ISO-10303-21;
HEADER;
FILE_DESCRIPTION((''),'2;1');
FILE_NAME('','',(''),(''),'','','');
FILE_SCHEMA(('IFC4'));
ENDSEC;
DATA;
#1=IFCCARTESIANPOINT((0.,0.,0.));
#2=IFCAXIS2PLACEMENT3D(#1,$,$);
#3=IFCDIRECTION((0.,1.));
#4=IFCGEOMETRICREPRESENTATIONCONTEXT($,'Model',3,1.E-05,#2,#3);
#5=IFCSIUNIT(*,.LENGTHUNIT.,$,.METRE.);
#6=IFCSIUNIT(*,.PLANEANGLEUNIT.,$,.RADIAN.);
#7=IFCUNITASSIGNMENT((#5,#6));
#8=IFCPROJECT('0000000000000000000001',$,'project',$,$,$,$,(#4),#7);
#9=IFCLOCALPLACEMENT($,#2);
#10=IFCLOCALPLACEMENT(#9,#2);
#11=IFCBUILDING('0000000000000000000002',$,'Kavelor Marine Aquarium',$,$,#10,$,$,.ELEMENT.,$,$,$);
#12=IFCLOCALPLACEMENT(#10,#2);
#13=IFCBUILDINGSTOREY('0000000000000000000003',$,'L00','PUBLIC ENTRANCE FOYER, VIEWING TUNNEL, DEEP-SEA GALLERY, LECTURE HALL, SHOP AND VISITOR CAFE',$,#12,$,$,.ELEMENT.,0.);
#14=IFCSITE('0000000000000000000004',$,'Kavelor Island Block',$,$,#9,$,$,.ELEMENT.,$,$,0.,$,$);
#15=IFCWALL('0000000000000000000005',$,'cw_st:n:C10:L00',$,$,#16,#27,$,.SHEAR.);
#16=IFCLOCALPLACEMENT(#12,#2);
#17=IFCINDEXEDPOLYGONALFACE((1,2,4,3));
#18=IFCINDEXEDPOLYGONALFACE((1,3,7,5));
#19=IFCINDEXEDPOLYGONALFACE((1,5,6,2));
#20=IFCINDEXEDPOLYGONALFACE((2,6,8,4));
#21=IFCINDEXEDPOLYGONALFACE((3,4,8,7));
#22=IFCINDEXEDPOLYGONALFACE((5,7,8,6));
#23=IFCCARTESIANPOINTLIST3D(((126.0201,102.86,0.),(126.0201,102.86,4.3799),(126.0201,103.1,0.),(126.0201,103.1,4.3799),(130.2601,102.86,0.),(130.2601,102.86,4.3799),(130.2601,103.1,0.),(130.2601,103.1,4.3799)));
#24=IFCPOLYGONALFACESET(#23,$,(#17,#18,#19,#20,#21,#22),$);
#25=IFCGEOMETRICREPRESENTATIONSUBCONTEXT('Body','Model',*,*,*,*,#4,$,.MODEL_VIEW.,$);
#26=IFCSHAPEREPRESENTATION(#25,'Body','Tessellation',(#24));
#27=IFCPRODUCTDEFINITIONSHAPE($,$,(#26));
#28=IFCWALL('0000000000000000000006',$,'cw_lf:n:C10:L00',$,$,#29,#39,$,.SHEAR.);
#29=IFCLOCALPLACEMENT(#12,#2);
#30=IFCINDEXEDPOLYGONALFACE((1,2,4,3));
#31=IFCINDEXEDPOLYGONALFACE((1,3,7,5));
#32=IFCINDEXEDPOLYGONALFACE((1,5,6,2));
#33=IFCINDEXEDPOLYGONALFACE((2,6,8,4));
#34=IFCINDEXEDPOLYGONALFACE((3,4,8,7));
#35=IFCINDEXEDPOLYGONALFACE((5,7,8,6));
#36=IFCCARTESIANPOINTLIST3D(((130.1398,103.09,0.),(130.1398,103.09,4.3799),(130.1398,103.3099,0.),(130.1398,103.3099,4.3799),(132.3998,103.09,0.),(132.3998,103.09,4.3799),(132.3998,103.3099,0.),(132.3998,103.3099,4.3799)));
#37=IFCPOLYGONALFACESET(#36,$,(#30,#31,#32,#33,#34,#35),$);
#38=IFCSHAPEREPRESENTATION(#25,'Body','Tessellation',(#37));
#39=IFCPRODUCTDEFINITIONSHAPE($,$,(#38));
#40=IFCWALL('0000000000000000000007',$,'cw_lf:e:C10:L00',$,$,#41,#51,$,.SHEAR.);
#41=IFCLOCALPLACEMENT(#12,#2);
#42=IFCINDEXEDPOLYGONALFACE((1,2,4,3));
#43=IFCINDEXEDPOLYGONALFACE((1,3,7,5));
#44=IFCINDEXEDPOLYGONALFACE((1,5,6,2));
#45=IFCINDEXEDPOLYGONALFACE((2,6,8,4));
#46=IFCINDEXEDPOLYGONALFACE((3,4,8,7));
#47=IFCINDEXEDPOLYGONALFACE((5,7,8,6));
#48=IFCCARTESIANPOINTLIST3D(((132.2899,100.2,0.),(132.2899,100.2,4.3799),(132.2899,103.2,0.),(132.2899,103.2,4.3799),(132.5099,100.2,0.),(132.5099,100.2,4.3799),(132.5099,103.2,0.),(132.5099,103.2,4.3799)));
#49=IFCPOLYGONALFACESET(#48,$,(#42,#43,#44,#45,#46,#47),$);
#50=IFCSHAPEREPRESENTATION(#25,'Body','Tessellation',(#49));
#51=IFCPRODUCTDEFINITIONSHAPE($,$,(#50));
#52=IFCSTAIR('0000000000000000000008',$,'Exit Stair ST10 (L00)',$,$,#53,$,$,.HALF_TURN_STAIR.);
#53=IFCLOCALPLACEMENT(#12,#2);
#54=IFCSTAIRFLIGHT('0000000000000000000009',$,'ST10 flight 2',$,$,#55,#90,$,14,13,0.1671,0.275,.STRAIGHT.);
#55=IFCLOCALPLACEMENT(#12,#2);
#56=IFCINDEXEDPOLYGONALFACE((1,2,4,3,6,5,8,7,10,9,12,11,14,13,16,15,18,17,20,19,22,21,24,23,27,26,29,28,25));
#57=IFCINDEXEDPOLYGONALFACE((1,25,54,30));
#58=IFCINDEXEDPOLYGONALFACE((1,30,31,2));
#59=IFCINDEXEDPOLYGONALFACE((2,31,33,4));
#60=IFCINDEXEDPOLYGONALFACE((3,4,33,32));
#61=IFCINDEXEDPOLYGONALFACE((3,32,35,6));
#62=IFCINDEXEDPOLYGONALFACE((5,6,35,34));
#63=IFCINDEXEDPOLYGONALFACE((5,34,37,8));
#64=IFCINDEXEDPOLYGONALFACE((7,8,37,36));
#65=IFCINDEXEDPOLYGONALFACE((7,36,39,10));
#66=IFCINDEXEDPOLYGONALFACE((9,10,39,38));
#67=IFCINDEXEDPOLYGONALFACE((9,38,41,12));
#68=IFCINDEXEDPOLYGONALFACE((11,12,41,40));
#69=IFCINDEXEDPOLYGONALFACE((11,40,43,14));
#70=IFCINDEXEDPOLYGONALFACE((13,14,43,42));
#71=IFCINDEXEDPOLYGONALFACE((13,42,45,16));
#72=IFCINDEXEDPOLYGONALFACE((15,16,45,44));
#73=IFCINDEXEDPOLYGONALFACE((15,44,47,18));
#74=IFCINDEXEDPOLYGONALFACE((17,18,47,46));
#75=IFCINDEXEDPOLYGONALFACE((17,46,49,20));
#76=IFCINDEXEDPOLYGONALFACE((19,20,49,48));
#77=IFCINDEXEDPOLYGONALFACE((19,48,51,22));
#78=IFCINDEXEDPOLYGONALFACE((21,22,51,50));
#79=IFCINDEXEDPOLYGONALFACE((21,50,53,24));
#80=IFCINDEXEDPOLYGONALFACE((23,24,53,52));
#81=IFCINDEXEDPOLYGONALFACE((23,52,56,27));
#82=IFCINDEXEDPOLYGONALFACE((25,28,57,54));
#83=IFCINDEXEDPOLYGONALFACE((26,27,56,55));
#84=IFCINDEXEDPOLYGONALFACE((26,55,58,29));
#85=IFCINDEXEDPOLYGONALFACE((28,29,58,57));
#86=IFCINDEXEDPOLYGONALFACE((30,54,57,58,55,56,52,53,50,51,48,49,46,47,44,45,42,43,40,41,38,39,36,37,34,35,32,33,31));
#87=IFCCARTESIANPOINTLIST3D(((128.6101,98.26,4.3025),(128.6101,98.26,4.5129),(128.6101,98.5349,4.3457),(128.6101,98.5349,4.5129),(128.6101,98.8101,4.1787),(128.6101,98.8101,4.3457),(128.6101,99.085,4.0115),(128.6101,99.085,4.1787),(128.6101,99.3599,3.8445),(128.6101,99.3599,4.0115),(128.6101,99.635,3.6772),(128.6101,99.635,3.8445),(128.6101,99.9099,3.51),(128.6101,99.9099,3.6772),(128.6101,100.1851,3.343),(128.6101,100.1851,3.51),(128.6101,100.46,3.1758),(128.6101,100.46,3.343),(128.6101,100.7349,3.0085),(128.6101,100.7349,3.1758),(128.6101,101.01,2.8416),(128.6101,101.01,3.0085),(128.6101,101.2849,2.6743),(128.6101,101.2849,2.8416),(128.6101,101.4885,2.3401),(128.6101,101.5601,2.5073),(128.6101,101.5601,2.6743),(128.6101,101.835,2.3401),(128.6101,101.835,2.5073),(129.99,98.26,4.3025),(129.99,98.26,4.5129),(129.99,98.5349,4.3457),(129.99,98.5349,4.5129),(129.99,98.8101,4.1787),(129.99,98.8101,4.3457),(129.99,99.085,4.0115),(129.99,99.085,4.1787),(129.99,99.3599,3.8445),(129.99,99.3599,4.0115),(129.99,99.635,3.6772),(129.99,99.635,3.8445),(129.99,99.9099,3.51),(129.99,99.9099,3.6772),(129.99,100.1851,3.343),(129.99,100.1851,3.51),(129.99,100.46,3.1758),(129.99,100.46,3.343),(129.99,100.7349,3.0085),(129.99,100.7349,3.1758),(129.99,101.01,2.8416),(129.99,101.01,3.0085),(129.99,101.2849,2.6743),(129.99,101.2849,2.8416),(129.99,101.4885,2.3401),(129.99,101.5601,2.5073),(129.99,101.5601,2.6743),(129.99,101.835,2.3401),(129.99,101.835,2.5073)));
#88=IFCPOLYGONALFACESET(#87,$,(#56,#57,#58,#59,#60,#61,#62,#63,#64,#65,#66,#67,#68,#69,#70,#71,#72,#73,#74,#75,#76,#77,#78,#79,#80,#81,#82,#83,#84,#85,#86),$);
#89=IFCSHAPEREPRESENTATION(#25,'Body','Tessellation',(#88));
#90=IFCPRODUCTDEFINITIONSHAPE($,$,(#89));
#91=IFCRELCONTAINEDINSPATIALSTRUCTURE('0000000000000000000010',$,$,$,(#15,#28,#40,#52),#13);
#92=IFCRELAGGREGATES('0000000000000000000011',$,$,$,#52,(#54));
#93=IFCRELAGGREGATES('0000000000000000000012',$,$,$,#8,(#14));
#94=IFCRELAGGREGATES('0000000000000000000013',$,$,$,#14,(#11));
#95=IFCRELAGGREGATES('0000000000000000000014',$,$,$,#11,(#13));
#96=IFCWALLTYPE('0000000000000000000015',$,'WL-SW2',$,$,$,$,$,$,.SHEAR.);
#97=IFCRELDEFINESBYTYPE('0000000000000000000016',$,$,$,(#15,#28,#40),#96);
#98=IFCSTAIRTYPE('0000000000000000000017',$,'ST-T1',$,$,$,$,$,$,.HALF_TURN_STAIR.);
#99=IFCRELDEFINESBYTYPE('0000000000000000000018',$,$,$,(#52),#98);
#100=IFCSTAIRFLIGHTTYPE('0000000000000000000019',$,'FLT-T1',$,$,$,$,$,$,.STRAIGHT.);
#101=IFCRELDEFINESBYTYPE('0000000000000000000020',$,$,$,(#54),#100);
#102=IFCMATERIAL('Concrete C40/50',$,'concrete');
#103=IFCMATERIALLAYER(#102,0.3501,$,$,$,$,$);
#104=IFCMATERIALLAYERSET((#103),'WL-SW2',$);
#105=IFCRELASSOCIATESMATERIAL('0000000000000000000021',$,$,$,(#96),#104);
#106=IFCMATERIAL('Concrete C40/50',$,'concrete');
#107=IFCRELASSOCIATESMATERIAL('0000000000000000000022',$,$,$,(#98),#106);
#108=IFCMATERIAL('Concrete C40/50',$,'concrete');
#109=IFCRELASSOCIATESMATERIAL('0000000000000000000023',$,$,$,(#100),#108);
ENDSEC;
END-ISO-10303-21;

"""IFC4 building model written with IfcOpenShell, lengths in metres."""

from ifc_helpers import new_model, si_unit, direction, frame, frame_2d, origin, place, context, subcontext, project, spatial, polyline, rectangle, outline, extrude, material, layer, layer_set, type_object, element, aggregate, save


model = new_model("IFC4")

# Units and contexts
model_context = context("Model", 3, precision=1e-05, world=origin(), true_north=direction((0.0, 1.0)))
body_context = subcontext(model_context, "Body", "Model", "MODEL_VIEW")
ifc_project = project(units=[si_unit("LENGTHUNIT", "METRE"), si_unit("PLANEANGLEUNIT", "RADIAN")], contexts=[model_context])

# Site, building, storey
site_placement = place(None, origin())
site = spatial("IfcSite", under=ifc_project, at=site_placement, Name="Kavelor Island Block", CompositionType="ELEMENT", RefElevation=0.0)
building_placement = place(site_placement, origin())
building = spatial("IfcBuilding", under=site, at=building_placement, Name="Kavelor Marine Aquarium", CompositionType="ELEMENT")
storey_placement = place(building_placement, origin())
storey = spatial("IfcBuildingStorey", under=building, at=storey_placement, Name="L00", Description="PUBLIC ENTRANCE FOYER, VIEWING TUNNEL, DEEP-SEA GALLERY, LECTURE HALL, SHOP AND VISITOR CAFE", CompositionType="ELEMENT", Elevation=0.0)

# Wall
ifc_material_1 = material(Name="Concrete C40/50", Category="concrete")
ifc_layer_1 = layer(ifc_material_1, 0.3501)
ifc_layer_set_1 = layer_set([ifc_layer_1], Name="WL-SW2")
wall_type_1 = type_object("IfcWallType", Name="WL-SW2", PredefinedType="SHEAR", material=ifc_layer_set_1)
wall_1_placement = place(storey_placement, frame((126.02, 102.98, 0.0), z_axis=(0.0, 0.0, 1.0), x_axis=(1.0, 0.0, 0.0)))
element("IfcWall", 1, at=wall_1_placement, inside=storey, type_object=wall_type_1, Name="cw_st:n:C10:L00", PredefinedType="SHEAR", context=body_context, shape_type="SweptSolid", body=[
    extrude(rectangle(XDim=4.24, YDim=0.24, at=frame_2d((2.1201, 0.0))), origin(), (0.0, 0.0, 1.0), 4.3799),
])

# Walls
wall_2_placement = place(storey_placement, frame((130.1399, 103.2, 0.0), z_axis=(0.0, 0.0, 1.0), x_axis=(1.0, 0.0, 0.0)))
element("IfcWall", 2, at=wall_2_placement, inside=storey, type_object=wall_type_1, Name="cw_lf:n:C10:L00", PredefinedType="SHEAR", context=body_context, shape_type="SweptSolid", body=[
    extrude(rectangle(XDim=2.26, YDim=0.22, at=frame_2d((1.1299, 0.0))), origin(), (0.0, 0.0, 1.0), 4.3799),
])
wall_3_placement = place(storey_placement, frame((132.3999, 100.2, 0.0), z_axis=(0.0, 0.0, 1.0), x_axis=(0.0, 1.0, 0.0)))
element("IfcWall", 3, at=wall_3_placement, inside=storey, type_object=wall_type_1, Name="cw_lf:e:C10:L00", PredefinedType="SHEAR", context=body_context, shape_type="SweptSolid", body=[
    extrude(rectangle(XDim=3.0, YDim=0.22, at=frame_2d((1.5, 0.0))), origin(), (0.0, 0.0, 1.0), 4.3799),
])

# Stair, stair flight
ifc_material_2 = material(Name="Concrete C40/50", Category="concrete")
stair_type = type_object("IfcStairType", Name="ST-T1", PredefinedType="HALF_TURN_STAIR", material=ifc_material_2)
stair_placement = place(storey_placement, origin())
stair = element("IfcStair", 4, at=stair_placement, inside=storey, type_object=stair_type, Name="Exit Stair ST10 (L00)", PredefinedType="HALF_TURN_STAIR")
ifc_material_3 = material(Name="Concrete C40/50", Category="concrete")
stair_flight_type = type_object("IfcStairFlightType", Name="FLT-T1", PredefinedType="STRAIGHT", material=ifc_material_3)
stair_flight_placement = place(storey_placement, frame((129.3, 101.835, 2.3401), z_axis=(0.0, 0.0, 1.0), x_axis=(0.0, -1.0, 0.0)))
stair_flight = element("IfcStairFlight", 5, at=stair_flight_placement, type_object=stair_flight_type, Name="ST10 flight 2", NumberOfRisers=14, NumberOfTreads=13, PredefinedType="STRAIGHT", RiserHeight=0.1671, TreadLength=0.275, context=body_context, shape_type="SweptSolid", body=[
    extrude(outline(polyline([(0.0, 0.0), (0.0, 0.1672), (0.2749, 0.1672), (0.2749, 0.3342), (0.55, 0.3342), (0.55, 0.5015), (0.825, 0.5015), (0.825, 0.6685), (1.1001, 0.6685), (1.1001, 0.8357), (1.375, 0.8357), (1.375, 1.0029), (1.6499, 1.0029), (1.6499, 1.1699), (1.925, 1.1699), (1.925, 1.3372), (2.2, 1.3372), (2.2, 1.5044), (2.4751, 1.5044), (2.4751, 1.6714), (2.75, 1.6714), (2.75, 1.8386), (3.0249, 1.8386), (3.0249, 2.0056), (3.3, 2.0056), (3.3, 2.1729), (3.575, 2.1729), (3.575, 2.3401), (3.575, 1.9624), (0.3464, 0.0), (0.0, 0.0)])), frame((0.0, 0.6899, 0.0), z_axis=(0.0, -1.0, 0.0), x_axis=(1.0, 0.0, 0.0)), (0.0, 0.0, 1.0), 1.3799),
])
aggregate(stair, [stair_flight])

save(model, "model.ifc")
